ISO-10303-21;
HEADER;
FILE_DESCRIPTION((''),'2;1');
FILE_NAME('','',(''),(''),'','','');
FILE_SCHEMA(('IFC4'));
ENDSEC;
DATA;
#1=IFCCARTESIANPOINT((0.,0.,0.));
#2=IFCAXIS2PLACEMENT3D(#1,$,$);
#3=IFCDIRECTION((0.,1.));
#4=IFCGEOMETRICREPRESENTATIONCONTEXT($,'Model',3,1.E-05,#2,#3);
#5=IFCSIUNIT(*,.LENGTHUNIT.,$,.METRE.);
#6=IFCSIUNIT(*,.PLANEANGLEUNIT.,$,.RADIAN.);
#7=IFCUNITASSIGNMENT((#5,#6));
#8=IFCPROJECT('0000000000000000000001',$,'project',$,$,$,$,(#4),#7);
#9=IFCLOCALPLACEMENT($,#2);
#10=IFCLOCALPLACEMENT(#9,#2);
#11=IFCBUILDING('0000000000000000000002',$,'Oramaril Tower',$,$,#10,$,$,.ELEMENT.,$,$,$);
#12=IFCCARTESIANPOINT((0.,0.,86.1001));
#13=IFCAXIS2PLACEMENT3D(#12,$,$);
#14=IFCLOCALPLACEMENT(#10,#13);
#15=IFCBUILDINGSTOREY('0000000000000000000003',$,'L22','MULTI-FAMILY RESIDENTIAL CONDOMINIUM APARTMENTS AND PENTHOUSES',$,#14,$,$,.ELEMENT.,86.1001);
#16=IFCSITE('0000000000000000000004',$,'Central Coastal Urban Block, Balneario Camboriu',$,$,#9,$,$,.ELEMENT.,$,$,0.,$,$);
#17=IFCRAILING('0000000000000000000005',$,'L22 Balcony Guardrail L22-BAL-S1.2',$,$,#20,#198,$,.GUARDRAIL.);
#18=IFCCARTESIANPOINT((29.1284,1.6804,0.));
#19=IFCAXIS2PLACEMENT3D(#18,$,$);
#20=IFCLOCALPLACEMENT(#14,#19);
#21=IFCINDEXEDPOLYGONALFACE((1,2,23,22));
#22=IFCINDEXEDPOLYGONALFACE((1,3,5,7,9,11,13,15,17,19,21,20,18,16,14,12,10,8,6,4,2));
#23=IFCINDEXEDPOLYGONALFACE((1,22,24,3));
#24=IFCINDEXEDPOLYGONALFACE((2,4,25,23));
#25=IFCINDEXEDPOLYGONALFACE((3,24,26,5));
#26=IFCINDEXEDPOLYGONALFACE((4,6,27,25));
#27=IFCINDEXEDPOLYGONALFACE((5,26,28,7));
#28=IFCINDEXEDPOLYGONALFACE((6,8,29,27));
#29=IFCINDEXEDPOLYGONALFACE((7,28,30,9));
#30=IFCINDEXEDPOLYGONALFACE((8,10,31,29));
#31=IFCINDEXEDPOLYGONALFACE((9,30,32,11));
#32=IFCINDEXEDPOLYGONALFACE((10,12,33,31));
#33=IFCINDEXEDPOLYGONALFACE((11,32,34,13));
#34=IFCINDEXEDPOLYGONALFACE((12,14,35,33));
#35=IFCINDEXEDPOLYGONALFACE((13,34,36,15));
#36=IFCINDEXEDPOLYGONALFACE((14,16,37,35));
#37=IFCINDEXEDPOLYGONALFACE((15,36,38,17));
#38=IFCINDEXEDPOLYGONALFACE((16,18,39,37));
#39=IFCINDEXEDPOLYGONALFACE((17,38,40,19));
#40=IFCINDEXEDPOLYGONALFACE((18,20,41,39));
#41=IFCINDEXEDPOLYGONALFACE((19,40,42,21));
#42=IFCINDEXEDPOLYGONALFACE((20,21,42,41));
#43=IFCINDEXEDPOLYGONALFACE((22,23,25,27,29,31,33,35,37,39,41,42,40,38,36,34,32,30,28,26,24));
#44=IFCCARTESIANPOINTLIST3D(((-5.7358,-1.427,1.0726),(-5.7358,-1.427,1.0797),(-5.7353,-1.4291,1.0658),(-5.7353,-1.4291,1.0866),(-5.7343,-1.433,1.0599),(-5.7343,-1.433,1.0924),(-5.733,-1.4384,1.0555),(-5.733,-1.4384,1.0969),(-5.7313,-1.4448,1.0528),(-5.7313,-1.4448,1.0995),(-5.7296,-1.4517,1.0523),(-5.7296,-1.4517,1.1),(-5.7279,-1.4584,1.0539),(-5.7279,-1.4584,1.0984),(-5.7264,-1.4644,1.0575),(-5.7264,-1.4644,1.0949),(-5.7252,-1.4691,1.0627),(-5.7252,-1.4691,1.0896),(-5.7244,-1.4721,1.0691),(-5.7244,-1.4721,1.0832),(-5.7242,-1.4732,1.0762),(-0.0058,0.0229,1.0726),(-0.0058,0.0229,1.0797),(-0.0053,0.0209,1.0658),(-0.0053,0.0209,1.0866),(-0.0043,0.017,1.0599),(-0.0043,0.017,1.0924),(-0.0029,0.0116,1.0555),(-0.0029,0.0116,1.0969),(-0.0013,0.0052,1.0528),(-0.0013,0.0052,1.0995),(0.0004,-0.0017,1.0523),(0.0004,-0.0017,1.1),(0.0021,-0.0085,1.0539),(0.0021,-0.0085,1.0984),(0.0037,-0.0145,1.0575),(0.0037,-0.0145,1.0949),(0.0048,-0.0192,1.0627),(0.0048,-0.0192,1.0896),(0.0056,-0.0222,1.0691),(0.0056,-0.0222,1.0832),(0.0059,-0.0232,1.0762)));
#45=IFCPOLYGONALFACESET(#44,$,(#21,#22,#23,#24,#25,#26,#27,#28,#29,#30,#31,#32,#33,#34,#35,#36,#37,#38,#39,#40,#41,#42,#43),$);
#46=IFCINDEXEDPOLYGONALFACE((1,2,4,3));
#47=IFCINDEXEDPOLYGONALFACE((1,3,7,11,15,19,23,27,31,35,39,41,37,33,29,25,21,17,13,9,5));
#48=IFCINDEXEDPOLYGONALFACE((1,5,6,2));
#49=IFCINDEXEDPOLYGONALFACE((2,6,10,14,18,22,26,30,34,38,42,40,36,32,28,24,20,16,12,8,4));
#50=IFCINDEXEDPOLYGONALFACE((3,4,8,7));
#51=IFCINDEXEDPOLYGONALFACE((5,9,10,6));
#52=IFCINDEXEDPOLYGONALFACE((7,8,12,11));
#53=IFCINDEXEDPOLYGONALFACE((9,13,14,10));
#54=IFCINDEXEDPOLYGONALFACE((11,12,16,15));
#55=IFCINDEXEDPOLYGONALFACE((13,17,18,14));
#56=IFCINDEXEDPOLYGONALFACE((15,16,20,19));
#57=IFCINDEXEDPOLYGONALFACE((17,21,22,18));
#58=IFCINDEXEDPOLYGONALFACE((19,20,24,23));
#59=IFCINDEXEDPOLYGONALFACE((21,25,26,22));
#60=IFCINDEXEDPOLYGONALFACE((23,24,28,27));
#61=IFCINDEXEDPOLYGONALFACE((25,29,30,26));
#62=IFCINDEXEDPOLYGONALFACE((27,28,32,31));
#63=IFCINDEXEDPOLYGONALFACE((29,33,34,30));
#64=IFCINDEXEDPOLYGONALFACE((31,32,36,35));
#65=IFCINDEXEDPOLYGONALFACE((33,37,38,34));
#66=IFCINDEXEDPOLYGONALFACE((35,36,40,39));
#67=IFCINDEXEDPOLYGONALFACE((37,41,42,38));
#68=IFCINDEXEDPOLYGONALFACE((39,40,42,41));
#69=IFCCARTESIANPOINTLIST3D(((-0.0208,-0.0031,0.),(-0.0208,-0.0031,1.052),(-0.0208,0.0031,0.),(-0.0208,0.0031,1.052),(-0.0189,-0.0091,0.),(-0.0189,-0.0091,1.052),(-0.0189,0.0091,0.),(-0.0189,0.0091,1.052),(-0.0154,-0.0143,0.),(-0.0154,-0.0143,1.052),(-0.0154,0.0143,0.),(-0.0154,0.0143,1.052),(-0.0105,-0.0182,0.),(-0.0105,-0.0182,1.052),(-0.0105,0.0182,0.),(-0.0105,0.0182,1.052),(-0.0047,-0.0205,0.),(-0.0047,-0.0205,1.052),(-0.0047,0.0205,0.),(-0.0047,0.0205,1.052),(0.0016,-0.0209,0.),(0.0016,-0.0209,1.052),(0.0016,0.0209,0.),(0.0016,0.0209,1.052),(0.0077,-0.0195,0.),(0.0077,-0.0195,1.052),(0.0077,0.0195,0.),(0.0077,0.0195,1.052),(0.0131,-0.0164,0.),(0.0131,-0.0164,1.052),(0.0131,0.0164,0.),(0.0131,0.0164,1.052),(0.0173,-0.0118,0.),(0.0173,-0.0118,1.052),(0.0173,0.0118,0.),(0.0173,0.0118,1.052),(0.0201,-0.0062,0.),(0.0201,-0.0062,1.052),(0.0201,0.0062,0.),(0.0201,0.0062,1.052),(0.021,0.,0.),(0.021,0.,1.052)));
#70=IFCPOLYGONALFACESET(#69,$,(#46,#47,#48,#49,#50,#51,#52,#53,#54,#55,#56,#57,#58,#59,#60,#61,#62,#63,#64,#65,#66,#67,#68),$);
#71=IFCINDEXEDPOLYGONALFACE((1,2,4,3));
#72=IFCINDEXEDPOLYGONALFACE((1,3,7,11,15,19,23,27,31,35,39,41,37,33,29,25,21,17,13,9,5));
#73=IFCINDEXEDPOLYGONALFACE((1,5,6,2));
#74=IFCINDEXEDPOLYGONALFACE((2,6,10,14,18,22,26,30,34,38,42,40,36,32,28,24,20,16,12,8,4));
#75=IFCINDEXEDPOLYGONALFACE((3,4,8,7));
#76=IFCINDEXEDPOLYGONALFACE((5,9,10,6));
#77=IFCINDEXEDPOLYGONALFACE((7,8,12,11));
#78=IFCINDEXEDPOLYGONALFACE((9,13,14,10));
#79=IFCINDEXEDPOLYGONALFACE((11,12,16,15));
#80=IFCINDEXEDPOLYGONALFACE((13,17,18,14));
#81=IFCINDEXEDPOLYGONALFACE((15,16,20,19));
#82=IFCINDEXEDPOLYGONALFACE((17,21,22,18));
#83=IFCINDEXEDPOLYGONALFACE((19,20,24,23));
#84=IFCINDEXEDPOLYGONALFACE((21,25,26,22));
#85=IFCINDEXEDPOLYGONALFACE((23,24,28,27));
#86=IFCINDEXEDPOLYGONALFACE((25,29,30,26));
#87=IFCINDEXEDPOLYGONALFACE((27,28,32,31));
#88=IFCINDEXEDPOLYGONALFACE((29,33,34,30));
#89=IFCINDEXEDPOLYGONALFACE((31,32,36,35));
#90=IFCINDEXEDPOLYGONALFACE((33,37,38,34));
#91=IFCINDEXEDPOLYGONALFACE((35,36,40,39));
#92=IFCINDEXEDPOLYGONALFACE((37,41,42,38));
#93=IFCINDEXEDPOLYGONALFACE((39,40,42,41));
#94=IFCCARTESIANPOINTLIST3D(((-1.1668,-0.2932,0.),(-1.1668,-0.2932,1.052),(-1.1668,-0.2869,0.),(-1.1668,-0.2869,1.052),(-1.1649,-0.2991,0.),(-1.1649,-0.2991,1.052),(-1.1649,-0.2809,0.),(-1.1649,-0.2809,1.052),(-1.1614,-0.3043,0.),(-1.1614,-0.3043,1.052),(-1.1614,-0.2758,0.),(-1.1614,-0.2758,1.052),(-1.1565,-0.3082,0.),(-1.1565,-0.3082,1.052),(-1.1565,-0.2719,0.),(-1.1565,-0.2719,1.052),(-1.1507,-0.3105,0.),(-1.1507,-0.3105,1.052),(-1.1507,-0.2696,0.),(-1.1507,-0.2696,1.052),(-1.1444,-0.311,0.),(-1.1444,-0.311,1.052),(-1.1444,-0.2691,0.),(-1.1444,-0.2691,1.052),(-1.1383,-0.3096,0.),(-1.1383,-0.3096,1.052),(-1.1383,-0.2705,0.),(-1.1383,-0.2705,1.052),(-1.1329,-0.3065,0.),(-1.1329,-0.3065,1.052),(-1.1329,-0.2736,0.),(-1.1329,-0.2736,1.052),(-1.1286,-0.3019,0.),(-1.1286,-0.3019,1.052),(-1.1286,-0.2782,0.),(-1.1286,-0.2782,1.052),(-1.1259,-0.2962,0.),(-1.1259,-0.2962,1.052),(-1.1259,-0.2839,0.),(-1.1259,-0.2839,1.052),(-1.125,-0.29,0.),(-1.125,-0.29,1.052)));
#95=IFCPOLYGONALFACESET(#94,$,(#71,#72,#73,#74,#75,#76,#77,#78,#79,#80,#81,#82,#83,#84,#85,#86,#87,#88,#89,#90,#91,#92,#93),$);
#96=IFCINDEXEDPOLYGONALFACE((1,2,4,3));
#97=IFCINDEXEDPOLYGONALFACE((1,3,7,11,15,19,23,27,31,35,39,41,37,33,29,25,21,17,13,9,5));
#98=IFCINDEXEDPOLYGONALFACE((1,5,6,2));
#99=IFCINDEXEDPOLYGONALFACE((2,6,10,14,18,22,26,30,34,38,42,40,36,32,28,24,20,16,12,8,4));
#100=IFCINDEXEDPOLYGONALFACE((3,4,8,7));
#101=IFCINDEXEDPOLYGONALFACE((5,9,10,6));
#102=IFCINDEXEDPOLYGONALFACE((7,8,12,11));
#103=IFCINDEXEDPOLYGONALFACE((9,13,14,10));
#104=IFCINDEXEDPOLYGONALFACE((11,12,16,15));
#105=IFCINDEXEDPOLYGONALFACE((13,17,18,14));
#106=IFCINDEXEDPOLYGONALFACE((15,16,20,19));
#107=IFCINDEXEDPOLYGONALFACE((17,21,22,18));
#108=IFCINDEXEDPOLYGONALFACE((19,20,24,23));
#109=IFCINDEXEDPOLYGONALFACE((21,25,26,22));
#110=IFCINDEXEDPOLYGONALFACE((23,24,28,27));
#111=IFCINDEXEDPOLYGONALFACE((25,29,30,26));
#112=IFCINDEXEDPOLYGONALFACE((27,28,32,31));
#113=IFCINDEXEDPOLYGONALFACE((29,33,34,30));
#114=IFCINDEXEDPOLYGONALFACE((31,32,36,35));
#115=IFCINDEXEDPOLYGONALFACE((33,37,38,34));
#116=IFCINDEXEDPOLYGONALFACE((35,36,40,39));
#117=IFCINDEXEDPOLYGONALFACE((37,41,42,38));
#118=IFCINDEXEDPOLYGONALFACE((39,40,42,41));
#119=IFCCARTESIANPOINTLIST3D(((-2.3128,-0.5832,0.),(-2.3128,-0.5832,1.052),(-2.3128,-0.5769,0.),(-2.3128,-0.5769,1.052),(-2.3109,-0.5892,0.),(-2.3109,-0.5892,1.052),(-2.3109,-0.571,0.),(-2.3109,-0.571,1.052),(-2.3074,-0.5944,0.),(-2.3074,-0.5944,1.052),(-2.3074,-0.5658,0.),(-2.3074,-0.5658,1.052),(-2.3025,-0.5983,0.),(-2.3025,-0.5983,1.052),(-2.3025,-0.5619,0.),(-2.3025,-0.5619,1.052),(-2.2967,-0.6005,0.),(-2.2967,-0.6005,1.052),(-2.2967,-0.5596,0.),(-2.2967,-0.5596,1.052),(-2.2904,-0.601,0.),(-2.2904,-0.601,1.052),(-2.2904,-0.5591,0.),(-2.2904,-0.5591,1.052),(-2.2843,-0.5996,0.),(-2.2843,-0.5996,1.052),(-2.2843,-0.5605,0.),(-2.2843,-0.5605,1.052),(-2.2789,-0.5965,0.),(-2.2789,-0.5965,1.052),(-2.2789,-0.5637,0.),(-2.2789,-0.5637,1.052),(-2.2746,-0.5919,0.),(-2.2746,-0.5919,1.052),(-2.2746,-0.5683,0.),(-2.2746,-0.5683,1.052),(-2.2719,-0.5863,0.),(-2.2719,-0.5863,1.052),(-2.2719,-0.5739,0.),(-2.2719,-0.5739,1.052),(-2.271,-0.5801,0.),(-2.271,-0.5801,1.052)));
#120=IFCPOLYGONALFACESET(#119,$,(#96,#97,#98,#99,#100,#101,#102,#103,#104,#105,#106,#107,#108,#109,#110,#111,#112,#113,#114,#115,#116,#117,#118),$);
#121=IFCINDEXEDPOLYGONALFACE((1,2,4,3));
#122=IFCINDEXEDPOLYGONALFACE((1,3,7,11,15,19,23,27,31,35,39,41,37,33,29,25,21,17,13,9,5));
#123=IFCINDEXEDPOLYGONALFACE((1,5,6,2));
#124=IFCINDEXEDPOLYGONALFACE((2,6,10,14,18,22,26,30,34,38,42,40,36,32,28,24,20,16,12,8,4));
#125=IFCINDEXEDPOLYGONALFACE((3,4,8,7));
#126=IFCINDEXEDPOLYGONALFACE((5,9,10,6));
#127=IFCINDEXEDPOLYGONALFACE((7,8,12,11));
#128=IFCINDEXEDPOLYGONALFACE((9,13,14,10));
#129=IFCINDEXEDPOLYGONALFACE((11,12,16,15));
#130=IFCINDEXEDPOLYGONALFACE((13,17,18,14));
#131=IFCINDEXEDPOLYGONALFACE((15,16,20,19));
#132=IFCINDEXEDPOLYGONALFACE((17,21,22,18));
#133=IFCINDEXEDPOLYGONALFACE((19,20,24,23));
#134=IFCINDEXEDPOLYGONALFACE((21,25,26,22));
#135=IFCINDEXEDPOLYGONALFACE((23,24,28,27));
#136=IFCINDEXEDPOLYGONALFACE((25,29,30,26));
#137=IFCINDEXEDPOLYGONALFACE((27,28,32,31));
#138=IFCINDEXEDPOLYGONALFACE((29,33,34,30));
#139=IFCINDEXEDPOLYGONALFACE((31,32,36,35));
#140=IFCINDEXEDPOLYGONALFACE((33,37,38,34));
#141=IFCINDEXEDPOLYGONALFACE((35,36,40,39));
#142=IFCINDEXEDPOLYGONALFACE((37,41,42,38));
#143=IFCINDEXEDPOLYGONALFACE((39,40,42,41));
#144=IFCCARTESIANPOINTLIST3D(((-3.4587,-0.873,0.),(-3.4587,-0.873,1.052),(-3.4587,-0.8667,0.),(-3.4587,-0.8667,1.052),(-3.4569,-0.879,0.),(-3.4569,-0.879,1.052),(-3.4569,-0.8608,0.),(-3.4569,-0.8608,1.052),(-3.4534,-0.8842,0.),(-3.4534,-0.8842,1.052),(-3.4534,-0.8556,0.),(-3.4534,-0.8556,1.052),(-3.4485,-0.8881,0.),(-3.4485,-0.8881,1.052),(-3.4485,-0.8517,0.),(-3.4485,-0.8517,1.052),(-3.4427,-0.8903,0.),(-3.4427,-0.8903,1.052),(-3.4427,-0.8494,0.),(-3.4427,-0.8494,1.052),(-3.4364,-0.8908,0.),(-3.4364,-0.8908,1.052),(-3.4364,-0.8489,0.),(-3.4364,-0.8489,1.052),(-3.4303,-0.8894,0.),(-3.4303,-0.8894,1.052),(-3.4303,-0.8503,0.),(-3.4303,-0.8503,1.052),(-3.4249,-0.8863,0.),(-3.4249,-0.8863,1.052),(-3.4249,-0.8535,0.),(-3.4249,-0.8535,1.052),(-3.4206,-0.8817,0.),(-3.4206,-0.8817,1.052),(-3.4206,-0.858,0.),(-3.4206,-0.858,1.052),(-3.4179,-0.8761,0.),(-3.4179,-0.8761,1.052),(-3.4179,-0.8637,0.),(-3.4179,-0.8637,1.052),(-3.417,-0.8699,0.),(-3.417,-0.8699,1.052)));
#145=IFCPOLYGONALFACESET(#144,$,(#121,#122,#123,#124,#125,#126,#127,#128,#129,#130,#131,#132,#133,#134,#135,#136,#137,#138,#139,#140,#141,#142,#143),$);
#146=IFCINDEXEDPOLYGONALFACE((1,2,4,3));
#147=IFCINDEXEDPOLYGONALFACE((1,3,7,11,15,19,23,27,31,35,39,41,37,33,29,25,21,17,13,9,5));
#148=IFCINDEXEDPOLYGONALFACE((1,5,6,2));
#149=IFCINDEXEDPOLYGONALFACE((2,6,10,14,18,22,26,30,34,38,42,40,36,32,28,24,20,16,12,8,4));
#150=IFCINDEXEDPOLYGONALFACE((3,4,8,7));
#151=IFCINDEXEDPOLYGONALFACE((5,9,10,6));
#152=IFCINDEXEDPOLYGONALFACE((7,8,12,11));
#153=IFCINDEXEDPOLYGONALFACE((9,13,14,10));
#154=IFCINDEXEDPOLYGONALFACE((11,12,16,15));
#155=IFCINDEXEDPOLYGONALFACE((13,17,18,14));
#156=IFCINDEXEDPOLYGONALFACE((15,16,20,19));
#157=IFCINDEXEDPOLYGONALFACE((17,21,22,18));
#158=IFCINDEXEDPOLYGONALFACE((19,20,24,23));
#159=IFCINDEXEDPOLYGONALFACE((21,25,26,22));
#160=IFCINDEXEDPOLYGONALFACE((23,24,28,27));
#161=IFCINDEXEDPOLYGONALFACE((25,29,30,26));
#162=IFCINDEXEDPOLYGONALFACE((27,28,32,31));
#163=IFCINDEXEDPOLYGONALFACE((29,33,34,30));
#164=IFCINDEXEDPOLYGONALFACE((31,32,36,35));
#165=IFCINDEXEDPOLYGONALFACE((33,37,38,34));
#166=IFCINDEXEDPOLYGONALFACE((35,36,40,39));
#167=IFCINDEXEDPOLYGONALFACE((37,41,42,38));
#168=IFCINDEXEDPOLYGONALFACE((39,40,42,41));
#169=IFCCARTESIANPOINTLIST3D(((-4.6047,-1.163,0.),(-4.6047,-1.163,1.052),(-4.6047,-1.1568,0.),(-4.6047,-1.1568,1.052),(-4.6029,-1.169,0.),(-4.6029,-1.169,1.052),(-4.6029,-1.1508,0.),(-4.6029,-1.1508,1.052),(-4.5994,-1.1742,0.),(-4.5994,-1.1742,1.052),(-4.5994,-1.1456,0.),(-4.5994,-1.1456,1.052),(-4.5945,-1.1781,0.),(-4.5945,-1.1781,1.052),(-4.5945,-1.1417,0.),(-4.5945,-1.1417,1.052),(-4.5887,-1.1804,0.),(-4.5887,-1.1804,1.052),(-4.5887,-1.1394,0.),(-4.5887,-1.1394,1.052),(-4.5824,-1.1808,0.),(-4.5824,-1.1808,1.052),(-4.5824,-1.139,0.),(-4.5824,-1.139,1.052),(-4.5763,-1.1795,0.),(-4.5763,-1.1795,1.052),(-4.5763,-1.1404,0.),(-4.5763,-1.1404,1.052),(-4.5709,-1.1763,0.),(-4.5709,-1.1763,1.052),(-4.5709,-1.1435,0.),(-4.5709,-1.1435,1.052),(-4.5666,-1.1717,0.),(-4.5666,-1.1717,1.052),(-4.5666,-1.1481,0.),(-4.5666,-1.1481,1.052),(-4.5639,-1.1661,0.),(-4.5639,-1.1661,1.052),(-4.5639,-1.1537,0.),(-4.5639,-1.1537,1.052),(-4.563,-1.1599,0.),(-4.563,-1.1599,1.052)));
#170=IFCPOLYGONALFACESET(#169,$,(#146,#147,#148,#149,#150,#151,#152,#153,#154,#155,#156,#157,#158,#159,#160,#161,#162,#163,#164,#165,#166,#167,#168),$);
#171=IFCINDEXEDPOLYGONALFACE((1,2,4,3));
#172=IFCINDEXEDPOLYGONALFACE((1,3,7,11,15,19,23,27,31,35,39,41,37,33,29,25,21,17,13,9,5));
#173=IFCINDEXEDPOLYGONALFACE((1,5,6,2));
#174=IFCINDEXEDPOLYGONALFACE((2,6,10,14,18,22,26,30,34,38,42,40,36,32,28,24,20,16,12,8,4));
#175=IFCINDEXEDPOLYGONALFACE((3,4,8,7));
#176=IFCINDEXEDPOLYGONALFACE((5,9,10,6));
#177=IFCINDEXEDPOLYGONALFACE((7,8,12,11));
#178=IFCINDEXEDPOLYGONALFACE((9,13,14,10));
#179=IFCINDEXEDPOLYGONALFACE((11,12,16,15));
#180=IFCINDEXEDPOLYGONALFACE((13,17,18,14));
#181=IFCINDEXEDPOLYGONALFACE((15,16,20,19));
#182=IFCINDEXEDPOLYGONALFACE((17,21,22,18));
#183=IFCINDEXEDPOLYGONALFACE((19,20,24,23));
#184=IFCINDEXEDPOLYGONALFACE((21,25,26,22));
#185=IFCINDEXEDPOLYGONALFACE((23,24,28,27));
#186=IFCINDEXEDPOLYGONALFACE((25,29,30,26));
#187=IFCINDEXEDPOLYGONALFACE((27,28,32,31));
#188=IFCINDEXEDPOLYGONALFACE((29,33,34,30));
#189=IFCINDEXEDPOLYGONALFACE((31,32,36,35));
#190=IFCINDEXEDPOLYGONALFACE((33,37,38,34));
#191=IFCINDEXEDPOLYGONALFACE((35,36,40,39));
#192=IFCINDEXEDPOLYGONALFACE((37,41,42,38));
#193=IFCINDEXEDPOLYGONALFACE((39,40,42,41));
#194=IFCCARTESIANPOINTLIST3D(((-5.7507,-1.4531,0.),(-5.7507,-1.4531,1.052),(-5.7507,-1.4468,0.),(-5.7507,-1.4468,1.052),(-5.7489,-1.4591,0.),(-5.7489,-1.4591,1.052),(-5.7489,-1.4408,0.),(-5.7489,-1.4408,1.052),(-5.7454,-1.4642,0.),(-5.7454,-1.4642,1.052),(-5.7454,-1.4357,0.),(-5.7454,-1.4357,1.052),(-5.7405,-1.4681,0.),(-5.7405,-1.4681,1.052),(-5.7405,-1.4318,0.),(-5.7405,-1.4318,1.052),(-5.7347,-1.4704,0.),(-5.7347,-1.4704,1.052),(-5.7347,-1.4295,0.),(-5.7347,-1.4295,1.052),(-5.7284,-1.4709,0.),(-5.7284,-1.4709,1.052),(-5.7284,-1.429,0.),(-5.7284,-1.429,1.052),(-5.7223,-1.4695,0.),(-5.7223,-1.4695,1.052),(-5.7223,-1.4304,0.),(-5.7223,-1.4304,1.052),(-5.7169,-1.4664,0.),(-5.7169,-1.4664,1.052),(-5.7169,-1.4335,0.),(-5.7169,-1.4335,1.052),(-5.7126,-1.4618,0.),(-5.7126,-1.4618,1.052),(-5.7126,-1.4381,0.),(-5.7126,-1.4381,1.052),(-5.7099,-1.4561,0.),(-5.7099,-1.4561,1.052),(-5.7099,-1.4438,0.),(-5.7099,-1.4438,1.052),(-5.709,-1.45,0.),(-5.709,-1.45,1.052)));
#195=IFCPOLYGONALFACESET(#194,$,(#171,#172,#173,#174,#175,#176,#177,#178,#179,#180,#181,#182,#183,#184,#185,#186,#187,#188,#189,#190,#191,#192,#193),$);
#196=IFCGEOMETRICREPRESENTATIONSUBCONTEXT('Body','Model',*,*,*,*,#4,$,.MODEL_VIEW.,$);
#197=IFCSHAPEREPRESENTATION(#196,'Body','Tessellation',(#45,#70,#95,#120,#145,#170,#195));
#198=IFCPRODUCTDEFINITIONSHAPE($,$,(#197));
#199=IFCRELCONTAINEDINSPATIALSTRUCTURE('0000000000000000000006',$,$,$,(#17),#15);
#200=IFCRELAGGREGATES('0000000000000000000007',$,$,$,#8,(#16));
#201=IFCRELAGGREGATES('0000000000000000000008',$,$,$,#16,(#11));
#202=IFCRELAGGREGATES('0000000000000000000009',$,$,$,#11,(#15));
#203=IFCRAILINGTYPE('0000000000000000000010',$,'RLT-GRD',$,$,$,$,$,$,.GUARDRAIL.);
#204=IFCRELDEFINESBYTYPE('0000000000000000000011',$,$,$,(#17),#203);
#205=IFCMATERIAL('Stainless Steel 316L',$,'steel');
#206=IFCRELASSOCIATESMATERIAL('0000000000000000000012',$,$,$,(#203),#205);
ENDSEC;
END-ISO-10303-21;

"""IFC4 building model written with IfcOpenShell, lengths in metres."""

from ifc_helpers import new_model, si_unit, direction, frame, origin, origin_2d, place, context, subcontext, project, spatial, circle, extrude, material, type_object, element, save


model = new_model("IFC4")

# Units and contexts
model_context = context("Model", 3, precision=1e-05, world=origin(), true_north=direction((0.0, 1.0)))
body_context = subcontext(model_context, "Body", "Model", "MODEL_VIEW")
ifc_project = project(units=[si_unit("LENGTHUNIT", "METRE"), si_unit("PLANEANGLEUNIT", "RADIAN")], contexts=[model_context])

# Site, building, storey
site_placement = place(None, origin())
site = spatial("IfcSite", under=ifc_project, at=site_placement, Name="Central Coastal Urban Block, Balneario Camboriu", CompositionType="ELEMENT", RefElevation=0.0)
building_placement = place(site_placement, origin())
building = spatial("IfcBuilding", under=site, at=building_placement, Name="Oramaril Tower", CompositionType="ELEMENT")
storey_placement = place(building_placement, frame((0.0, 0.0, 86.1001)))
storey = spatial("IfcBuildingStorey", under=building, at=storey_placement, Name="L22", Description="MULTI-FAMILY RESIDENTIAL CONDOMINIUM APARTMENTS AND PENTHOUSES", CompositionType="ELEMENT", Elevation=86.1001)

# Railing
ifc_material_1 = material(Name="Stainless Steel 316L", Category="steel")
railing_type = type_object("IfcRailingType", Name="RLT-GRD", PredefinedType="GUARDRAIL", material=ifc_material_1)
railing_1_placement = place(storey_placement, frame((29.1284, 1.6804, 0.0)))
element("IfcRailing", 1, at=railing_1_placement, inside=storey, type_object=railing_type, Name="L22 Balcony Guardrail L22-BAL-S1.2", PredefinedType="GUARDRAIL", context=body_context, shape_type="SweptSolid", body=[
    extrude(circle(Radius=0.0239, at=origin_2d()), frame((0.0, 0.0, 1.0762), z_axis=(-0.969444, -0.245314, 0.0), x_axis=(0.245314, -0.969444, 0.0)), (0.0, 0.0, 1.0), 5.9106),
    extrude(circle(Radius=0.021, at=origin_2d()), origin(), (0.0, 0.0, 1.0), 1.052),
    extrude(circle(Radius=0.021, at=origin_2d()), frame((-1.146, -0.29, 0.0)), (0.0, 0.0, 1.0), 1.052),
    extrude(circle(Radius=0.021, at=origin_2d()), frame((-2.292, -0.5801, 0.0)), (0.0, 0.0, 1.0), 1.052),
    extrude(circle(Radius=0.021, at=origin_2d()), frame((-3.438, -0.8699, 0.0)), (0.0, 0.0, 1.0), 1.052),
    extrude(circle(Radius=0.021, at=origin_2d()), frame((-4.584, -1.1599, 0.0)), (0.0, 0.0, 1.0), 1.052),
    extrude(circle(Radius=0.021, at=origin_2d()), frame((-5.73, -1.45, 0.0)), (0.0, 0.0, 1.0), 1.052),
])

save(model, "model.ifc")
